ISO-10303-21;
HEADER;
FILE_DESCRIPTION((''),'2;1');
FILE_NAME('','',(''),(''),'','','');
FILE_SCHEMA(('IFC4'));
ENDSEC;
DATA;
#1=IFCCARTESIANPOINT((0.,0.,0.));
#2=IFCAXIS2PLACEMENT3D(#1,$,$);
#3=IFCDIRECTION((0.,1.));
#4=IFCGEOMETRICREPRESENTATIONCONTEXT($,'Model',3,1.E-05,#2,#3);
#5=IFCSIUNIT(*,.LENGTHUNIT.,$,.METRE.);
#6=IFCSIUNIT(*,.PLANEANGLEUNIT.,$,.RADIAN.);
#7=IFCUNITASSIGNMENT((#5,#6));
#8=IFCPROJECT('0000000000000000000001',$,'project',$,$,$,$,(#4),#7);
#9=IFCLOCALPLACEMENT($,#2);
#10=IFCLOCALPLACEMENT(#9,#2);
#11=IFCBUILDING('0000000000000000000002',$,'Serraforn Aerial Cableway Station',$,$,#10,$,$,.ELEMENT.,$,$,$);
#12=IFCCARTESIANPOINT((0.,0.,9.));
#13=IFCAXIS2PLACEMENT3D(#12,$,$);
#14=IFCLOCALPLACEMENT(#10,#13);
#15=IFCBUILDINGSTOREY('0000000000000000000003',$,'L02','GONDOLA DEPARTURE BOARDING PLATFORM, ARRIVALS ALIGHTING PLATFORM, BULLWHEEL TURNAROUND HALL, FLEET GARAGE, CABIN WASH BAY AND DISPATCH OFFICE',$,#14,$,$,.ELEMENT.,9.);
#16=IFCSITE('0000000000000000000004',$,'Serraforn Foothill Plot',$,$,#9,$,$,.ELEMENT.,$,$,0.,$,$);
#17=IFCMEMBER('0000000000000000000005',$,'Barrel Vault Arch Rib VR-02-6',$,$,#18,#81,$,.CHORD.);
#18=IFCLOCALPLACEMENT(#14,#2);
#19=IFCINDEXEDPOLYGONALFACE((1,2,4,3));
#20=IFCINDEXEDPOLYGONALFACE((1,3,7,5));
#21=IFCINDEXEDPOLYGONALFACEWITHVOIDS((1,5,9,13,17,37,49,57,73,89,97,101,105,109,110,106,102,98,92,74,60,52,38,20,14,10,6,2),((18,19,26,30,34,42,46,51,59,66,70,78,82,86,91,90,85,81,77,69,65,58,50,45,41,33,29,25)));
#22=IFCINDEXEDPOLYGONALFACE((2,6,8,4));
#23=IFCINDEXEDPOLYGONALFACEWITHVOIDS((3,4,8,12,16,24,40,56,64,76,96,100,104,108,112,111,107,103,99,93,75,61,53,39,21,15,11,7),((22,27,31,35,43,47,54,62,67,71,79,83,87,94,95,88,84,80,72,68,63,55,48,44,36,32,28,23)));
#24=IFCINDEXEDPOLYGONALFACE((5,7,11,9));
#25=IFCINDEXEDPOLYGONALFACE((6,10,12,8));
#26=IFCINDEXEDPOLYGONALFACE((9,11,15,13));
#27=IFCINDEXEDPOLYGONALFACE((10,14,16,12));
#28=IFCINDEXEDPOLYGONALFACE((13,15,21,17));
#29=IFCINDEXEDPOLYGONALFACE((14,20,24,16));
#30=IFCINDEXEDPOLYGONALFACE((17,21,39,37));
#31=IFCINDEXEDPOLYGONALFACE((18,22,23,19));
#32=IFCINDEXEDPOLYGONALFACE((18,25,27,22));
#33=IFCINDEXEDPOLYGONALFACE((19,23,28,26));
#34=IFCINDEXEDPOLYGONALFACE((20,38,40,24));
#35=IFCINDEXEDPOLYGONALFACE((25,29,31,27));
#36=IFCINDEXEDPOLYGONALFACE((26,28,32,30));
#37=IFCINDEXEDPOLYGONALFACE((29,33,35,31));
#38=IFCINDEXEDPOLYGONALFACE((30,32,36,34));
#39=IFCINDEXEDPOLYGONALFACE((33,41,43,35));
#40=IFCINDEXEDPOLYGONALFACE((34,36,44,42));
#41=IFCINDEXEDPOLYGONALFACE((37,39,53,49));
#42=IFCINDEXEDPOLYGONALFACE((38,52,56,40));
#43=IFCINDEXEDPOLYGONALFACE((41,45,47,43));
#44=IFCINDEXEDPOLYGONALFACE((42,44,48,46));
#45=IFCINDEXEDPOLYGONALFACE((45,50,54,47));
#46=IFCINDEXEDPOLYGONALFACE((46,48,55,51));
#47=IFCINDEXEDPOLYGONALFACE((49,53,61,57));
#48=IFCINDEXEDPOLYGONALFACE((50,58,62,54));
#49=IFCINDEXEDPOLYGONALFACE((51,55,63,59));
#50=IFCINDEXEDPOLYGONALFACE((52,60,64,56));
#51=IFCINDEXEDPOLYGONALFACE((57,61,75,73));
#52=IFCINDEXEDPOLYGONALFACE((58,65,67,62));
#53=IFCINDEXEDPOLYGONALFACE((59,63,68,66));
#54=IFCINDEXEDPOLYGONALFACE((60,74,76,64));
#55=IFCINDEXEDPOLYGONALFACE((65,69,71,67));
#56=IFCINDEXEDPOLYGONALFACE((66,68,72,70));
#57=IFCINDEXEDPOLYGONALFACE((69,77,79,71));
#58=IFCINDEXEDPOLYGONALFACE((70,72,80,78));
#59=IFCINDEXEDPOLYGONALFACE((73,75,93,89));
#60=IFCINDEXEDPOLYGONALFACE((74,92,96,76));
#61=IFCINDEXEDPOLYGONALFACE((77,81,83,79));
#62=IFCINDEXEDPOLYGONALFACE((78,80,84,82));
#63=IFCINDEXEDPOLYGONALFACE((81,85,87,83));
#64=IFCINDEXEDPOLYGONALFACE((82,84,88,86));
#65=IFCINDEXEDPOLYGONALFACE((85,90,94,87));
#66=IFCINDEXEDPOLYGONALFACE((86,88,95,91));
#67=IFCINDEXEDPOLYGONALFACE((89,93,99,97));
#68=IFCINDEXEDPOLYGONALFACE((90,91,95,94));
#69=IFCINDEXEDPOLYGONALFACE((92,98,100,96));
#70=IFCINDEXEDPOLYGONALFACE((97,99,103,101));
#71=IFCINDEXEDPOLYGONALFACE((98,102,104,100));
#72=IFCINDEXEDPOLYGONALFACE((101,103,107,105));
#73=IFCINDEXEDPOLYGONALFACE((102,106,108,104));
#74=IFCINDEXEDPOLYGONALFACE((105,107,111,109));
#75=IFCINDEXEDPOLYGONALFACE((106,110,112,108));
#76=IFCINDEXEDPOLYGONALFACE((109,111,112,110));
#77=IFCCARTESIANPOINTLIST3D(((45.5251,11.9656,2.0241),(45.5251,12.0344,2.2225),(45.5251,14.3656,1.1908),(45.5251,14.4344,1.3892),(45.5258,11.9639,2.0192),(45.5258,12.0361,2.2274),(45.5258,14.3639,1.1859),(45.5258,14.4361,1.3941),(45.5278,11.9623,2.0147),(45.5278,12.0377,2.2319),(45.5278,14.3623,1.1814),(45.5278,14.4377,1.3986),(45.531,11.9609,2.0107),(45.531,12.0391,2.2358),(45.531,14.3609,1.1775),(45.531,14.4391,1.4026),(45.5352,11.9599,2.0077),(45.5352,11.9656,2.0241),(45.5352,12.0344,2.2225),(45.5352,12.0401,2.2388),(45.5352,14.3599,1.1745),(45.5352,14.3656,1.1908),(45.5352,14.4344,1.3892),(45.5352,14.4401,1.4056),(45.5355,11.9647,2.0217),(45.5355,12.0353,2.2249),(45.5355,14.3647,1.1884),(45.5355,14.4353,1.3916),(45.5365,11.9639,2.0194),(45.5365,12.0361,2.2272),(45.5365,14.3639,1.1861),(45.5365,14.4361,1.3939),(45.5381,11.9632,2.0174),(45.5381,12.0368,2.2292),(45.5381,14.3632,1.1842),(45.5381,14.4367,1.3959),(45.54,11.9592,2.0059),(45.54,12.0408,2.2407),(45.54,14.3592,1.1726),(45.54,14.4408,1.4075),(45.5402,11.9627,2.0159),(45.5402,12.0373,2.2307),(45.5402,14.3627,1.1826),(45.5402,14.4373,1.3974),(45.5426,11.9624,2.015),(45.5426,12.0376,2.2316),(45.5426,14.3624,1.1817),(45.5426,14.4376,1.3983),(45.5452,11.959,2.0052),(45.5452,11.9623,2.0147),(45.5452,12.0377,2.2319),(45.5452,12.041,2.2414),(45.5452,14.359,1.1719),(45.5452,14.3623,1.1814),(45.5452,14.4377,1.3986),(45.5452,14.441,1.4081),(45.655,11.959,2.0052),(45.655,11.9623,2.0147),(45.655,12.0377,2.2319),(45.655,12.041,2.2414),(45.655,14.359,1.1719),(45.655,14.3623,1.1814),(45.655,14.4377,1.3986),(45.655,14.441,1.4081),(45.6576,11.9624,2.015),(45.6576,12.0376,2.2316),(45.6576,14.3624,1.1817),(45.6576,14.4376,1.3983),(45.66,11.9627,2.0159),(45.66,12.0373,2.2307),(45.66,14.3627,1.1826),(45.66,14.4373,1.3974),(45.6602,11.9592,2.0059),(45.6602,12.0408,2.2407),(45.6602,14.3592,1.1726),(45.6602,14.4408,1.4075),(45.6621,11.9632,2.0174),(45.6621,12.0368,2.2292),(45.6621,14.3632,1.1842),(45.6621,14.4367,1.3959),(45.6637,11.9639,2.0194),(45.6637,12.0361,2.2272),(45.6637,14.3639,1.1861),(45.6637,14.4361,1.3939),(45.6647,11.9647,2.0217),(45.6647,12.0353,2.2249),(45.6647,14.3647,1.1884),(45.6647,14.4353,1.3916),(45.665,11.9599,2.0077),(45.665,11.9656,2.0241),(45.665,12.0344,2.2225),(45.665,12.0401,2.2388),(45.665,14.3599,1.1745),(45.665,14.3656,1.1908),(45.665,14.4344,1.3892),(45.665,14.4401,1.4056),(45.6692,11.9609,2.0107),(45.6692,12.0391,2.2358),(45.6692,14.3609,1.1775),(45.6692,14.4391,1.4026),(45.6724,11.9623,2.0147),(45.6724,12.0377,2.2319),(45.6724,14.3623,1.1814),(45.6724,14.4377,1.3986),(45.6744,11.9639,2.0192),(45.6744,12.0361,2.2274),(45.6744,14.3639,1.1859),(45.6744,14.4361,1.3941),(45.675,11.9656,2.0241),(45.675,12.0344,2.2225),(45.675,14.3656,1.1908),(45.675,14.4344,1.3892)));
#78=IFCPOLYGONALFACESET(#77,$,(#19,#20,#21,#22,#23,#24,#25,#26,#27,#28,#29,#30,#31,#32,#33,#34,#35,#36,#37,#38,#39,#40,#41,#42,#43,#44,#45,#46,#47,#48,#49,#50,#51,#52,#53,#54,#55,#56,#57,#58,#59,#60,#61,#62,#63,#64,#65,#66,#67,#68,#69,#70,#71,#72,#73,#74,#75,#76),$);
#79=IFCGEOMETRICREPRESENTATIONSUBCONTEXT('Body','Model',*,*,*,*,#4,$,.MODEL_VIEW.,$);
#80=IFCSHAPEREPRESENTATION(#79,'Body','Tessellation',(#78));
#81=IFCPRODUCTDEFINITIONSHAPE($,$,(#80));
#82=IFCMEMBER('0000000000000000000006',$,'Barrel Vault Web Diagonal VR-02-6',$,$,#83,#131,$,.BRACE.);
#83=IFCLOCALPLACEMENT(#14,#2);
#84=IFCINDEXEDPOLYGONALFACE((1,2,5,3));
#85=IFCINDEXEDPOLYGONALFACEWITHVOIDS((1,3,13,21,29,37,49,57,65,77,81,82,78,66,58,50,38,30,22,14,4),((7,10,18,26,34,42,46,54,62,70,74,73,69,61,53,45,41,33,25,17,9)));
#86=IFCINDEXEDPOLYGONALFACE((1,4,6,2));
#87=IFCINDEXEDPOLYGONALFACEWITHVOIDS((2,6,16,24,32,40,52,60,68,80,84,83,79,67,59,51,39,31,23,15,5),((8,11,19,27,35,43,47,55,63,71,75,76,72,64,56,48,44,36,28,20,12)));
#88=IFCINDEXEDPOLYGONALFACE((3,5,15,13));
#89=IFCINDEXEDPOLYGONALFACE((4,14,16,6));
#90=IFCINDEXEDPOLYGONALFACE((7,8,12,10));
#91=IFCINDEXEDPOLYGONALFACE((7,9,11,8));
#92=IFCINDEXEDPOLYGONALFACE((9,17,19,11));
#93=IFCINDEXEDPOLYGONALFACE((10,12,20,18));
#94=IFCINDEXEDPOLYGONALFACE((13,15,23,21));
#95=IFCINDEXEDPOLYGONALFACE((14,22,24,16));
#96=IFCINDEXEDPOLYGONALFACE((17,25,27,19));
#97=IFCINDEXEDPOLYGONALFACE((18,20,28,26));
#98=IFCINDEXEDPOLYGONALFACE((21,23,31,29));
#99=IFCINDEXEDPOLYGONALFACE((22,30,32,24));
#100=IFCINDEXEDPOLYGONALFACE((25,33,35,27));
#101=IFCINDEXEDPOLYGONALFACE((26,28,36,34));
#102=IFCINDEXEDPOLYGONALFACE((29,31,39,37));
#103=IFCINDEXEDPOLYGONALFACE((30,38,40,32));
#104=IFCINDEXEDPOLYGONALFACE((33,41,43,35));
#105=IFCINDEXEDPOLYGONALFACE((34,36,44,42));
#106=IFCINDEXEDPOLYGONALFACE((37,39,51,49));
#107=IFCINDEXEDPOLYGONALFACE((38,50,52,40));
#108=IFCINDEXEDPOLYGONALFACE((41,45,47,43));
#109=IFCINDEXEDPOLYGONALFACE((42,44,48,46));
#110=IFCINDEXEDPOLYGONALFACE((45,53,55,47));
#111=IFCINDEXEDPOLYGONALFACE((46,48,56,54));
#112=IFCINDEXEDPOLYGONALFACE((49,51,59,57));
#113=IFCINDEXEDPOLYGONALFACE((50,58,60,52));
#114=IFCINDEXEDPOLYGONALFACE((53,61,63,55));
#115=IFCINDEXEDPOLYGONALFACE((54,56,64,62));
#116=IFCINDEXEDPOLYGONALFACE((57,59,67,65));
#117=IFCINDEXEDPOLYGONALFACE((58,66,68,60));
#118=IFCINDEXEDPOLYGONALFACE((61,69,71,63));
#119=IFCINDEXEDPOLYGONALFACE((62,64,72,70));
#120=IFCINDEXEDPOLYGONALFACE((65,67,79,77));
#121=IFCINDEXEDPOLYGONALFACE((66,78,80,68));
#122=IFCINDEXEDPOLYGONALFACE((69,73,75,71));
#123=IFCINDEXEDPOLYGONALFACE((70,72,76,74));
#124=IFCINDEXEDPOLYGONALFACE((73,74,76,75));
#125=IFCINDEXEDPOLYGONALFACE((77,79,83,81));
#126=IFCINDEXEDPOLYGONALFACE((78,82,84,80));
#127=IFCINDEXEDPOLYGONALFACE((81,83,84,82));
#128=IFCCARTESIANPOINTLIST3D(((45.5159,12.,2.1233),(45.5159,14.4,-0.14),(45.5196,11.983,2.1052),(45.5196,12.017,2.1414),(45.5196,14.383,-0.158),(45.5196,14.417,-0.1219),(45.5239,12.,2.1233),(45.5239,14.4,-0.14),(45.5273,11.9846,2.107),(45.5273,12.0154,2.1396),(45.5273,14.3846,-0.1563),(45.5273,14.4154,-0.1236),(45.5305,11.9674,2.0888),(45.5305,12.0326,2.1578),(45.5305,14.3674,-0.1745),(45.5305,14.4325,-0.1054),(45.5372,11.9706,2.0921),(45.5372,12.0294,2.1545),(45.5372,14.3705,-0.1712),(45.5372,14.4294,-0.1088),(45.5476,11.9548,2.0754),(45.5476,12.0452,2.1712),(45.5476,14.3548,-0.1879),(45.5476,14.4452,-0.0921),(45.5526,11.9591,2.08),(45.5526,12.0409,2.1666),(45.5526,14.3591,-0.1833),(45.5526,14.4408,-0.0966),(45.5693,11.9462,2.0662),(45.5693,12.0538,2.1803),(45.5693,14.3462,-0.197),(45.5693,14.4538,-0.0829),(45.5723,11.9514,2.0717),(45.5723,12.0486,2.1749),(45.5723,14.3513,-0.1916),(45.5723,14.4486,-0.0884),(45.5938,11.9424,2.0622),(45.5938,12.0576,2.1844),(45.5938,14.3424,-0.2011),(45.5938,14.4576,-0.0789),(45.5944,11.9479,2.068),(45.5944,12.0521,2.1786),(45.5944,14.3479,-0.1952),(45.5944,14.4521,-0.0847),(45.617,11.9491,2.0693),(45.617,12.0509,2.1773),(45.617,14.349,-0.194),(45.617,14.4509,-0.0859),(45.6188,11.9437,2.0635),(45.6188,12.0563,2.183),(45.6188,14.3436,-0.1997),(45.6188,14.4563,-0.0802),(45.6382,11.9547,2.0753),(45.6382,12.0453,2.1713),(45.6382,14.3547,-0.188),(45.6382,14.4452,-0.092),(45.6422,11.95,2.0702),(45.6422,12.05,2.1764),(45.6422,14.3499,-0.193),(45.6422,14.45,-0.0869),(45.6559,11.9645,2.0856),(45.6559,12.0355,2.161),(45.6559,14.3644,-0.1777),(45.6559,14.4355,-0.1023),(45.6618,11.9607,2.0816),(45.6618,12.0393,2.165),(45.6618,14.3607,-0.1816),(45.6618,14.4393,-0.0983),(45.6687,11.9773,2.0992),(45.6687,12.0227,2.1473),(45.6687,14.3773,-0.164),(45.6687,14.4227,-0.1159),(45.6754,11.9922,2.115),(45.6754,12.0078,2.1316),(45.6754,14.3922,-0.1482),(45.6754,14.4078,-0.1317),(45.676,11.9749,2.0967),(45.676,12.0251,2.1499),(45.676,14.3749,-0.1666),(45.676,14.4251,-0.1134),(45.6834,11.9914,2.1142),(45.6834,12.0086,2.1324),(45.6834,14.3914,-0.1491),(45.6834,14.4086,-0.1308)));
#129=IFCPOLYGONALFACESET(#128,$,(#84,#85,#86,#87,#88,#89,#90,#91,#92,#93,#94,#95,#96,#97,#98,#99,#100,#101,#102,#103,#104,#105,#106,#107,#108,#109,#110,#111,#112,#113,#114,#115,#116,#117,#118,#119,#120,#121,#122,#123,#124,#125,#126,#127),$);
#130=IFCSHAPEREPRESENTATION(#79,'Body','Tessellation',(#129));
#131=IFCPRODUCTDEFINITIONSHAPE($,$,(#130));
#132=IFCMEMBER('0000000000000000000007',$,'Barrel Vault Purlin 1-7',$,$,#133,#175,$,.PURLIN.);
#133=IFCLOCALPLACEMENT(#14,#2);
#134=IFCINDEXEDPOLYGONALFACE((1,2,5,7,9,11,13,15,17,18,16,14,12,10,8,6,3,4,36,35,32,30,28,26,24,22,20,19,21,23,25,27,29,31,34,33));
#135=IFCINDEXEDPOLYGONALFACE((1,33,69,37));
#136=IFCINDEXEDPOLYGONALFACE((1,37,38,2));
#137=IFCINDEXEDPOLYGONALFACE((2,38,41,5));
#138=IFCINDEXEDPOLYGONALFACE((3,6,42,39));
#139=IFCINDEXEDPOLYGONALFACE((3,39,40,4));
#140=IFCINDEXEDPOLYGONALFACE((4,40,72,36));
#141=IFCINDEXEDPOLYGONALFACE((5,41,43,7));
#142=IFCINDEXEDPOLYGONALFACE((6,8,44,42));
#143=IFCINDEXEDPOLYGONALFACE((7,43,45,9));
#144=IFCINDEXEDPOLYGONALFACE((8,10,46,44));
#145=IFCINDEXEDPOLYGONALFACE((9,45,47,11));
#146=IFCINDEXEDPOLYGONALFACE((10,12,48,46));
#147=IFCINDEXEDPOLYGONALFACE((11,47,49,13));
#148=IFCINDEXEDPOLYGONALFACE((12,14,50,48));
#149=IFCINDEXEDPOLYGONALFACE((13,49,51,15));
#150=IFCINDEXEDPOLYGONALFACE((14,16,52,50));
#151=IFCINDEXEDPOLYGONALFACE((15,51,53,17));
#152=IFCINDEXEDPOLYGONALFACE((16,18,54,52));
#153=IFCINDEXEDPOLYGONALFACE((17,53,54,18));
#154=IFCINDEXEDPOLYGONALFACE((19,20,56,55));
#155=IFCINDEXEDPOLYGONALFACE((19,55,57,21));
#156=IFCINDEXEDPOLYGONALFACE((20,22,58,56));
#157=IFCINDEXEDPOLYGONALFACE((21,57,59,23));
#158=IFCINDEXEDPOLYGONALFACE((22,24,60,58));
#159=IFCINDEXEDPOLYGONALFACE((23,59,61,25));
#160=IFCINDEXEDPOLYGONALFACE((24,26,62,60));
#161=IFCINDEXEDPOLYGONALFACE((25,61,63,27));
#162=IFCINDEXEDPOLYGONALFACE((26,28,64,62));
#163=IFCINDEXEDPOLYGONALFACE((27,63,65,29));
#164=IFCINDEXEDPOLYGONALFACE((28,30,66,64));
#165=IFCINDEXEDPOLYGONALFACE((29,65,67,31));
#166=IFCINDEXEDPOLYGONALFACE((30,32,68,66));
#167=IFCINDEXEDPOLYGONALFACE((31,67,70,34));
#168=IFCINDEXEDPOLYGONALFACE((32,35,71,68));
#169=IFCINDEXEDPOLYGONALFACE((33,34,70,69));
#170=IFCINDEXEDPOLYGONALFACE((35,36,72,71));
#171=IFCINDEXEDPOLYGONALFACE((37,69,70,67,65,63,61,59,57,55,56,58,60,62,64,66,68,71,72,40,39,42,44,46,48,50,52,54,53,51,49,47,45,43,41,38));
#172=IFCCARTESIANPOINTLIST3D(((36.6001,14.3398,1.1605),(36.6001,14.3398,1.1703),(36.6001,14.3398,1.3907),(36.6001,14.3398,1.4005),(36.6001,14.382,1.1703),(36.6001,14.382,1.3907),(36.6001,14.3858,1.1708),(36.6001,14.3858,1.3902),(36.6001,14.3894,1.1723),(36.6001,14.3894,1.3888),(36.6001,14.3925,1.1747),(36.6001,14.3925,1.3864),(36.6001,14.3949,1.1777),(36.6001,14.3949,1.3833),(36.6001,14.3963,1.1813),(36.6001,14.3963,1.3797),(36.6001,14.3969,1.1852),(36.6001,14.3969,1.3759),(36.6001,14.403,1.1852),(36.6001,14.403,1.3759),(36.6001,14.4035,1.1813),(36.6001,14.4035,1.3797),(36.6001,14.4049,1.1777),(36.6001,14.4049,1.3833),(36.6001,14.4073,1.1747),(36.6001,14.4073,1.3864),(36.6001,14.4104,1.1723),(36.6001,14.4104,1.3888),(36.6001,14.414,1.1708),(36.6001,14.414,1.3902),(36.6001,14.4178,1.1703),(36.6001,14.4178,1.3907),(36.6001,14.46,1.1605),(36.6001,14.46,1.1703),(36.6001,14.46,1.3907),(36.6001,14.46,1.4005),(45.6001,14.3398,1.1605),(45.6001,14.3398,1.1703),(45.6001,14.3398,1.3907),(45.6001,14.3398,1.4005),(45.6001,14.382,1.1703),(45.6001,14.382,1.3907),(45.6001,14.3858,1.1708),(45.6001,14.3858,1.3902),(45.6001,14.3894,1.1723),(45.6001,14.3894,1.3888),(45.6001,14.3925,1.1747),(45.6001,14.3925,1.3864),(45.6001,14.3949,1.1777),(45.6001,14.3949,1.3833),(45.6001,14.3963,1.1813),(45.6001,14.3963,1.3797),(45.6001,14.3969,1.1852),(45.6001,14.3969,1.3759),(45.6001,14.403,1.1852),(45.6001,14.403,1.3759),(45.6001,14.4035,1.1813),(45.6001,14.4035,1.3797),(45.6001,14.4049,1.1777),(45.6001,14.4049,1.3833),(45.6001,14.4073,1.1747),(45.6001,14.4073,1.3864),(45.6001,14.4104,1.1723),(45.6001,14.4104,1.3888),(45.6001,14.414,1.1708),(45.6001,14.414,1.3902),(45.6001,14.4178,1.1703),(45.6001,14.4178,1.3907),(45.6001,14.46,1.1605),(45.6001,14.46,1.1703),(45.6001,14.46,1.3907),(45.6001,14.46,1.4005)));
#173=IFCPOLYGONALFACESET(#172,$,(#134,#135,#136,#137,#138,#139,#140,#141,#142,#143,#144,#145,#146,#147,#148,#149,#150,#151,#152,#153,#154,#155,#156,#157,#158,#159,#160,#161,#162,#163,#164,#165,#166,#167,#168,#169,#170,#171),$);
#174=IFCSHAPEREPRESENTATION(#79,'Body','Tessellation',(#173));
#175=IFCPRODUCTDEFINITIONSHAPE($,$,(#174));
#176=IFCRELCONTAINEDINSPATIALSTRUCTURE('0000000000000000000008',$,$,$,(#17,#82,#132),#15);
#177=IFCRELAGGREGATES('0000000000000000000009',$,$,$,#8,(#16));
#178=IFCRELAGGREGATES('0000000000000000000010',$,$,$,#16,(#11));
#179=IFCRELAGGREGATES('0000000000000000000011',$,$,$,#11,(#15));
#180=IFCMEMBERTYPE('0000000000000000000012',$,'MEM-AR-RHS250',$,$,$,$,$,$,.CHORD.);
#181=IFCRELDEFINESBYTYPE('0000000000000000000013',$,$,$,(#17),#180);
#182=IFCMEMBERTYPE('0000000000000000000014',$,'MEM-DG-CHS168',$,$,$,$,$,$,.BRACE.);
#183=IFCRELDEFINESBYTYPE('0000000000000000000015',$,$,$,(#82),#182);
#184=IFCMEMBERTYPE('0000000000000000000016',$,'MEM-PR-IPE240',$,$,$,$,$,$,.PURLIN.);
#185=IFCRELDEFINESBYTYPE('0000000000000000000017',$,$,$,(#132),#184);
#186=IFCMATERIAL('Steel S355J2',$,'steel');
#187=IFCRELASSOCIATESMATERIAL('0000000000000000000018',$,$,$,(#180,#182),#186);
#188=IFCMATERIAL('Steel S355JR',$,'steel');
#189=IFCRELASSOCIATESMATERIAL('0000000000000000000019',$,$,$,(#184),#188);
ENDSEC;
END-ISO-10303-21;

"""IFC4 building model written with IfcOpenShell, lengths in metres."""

from ifc_helpers import new_model, si_unit, direction, frame, origin, origin_2d, place, context, subcontext, project, spatial, hollow_rectangle, hollow_circle, i_section, extrude, material, material_profile, profile_set, type_object, element, save


model = new_model("IFC4")

# Units and contexts
model_context = context("Model", 3, precision=1e-05, world=origin(), true_north=direction((0.0, 1.0)))
body_context = subcontext(model_context, "Body", "Model", "MODEL_VIEW")
ifc_project = project(units=[si_unit("LENGTHUNIT", "METRE"), si_unit("PLANEANGLEUNIT", "RADIAN")], contexts=[model_context])

# Site, building, storey
site_placement = place(None, origin())
site = spatial("IfcSite", under=ifc_project, at=site_placement, Name="Serraforn Foothill Plot", CompositionType="ELEMENT", RefElevation=0.0)
building_placement = place(site_placement, origin())
building = spatial("IfcBuilding", under=site, at=building_placement, Name="Serraforn Aerial Cableway Station", CompositionType="ELEMENT")
storey_placement = place(building_placement, frame((0.0, 0.0, 9.0)))
storey = spatial("IfcBuildingStorey", under=building, at=storey_placement, Name="L02", Description="GONDOLA DEPARTURE BOARDING PLATFORM, ARRIVALS ALIGHTING PLATFORM, BULLWHEEL TURNAROUND HALL, FLEET GARAGE, CABIN WASH BAY AND DISPATCH OFFICE", CompositionType="ELEMENT", Elevation=9.0)

# Shared definitions
ifc_material_1 = material(Name="Steel S355J2", Category="steel")

# Shared definitions
ifc_material_2 = material(Name="Steel S355JR", Category="steel")

# Members
ifc_material_profile_1 = material_profile(ifc_material_1, hollow_rectangle(XDim=0.1499, YDim=0.25, WallThickness=0.01, InnerFilletRadius=0.01, OuterFilletRadius=0.02, at=origin_2d()), Name="RHS 250x150x10.0")
ifc_profile_set_1 = profile_set([ifc_material_profile_1], Name="Steel S355J2")
member_type_1 = type_object("IfcMemberType", Name="MEM-AR-RHS250", PredefinedType="CHORD", material=ifc_profile_set_1)
member_1_placement = place(storey_placement, frame((45.6001, 12.0, 2.1233), z_axis=(0.0, 0.944679, -0.327995), x_axis=(-1.0, 0.0, 0.0)))
element("IfcMember", 1, at=member_1_placement, inside=storey, type_object=member_type_1, Name="Barrel Vault Arch Rib VR-02-6", PredefinedType="CHORD", context=body_context, shape_type="SweptSolid", body=[
    extrude(hollow_rectangle(XDim=0.1499, YDim=0.25, WallThickness=0.01, InnerFilletRadius=0.01, OuterFilletRadius=0.02, at=origin_2d()), origin(), (0.0, 0.0, 1.0), 2.5405),
])
ifc_material_profile_2 = material_profile(ifc_material_1, hollow_circle(Radius=0.0842, WallThickness=0.0081, at=origin_2d()), Name="CHS 168.3x8.0")
ifc_profile_set_2 = profile_set([ifc_material_profile_2], Name="Steel S355J2")
member_type_2 = type_object("IfcMemberType", Name="MEM-DG-CHS168", PredefinedType="BRACE", material=ifc_profile_set_2)
member_2_placement = place(storey_placement, frame((45.6001, 12.0, 2.1233), z_axis=(0.0, 0.727526, -0.68608), x_axis=(-1.0, 0.0, 0.0)))
element("IfcMember", 2, at=member_2_placement, inside=storey, type_object=member_type_2, Name="Barrel Vault Web Diagonal VR-02-6", PredefinedType="BRACE", context=body_context, shape_type="SweptSolid", body=[
    extrude(hollow_circle(Radius=0.0842, WallThickness=0.0081, at=origin_2d()), origin(), (0.0, 0.0, 1.0), 3.2988),
])
ifc_material_profile_3 = material_profile(ifc_material_2, i_section(OverallWidth=0.1201, OverallDepth=0.24, WebThickness=0.0061, FlangeThickness=0.0098, FilletRadius=0.0149, at=origin_2d()), Name="IPE 240")
ifc_profile_set_3 = profile_set([ifc_material_profile_3], Name="Steel S355JR")
member_type_3 = type_object("IfcMemberType", Name="MEM-PR-IPE240", PredefinedType="PURLIN", material=ifc_profile_set_3)
for number, where, z_axis, x_axis, name in (
    (3, (36.6001, 14.3999, 1.2805), (1.0, 0.0, 0.0), (0.0, 1.0, 0.0), "Barrel Vault Purlin 1-7"),
):
    element("IfcMember", number, at=place(storey_placement, frame(where, z_axis=z_axis, x_axis=x_axis)), inside=storey, type_object=member_type_3, Name=name, PredefinedType="PURLIN", context=body_context, shape_type="SweptSolid", body=[
        extrude(i_section(OverallWidth=0.1201, OverallDepth=0.24, WebThickness=0.0061, FlangeThickness=0.0098, FilletRadius=0.0149, at=origin_2d()), origin(), (0.0, 0.0, 1.0), 9.0),
    ])

save(model, "model.ifc")
